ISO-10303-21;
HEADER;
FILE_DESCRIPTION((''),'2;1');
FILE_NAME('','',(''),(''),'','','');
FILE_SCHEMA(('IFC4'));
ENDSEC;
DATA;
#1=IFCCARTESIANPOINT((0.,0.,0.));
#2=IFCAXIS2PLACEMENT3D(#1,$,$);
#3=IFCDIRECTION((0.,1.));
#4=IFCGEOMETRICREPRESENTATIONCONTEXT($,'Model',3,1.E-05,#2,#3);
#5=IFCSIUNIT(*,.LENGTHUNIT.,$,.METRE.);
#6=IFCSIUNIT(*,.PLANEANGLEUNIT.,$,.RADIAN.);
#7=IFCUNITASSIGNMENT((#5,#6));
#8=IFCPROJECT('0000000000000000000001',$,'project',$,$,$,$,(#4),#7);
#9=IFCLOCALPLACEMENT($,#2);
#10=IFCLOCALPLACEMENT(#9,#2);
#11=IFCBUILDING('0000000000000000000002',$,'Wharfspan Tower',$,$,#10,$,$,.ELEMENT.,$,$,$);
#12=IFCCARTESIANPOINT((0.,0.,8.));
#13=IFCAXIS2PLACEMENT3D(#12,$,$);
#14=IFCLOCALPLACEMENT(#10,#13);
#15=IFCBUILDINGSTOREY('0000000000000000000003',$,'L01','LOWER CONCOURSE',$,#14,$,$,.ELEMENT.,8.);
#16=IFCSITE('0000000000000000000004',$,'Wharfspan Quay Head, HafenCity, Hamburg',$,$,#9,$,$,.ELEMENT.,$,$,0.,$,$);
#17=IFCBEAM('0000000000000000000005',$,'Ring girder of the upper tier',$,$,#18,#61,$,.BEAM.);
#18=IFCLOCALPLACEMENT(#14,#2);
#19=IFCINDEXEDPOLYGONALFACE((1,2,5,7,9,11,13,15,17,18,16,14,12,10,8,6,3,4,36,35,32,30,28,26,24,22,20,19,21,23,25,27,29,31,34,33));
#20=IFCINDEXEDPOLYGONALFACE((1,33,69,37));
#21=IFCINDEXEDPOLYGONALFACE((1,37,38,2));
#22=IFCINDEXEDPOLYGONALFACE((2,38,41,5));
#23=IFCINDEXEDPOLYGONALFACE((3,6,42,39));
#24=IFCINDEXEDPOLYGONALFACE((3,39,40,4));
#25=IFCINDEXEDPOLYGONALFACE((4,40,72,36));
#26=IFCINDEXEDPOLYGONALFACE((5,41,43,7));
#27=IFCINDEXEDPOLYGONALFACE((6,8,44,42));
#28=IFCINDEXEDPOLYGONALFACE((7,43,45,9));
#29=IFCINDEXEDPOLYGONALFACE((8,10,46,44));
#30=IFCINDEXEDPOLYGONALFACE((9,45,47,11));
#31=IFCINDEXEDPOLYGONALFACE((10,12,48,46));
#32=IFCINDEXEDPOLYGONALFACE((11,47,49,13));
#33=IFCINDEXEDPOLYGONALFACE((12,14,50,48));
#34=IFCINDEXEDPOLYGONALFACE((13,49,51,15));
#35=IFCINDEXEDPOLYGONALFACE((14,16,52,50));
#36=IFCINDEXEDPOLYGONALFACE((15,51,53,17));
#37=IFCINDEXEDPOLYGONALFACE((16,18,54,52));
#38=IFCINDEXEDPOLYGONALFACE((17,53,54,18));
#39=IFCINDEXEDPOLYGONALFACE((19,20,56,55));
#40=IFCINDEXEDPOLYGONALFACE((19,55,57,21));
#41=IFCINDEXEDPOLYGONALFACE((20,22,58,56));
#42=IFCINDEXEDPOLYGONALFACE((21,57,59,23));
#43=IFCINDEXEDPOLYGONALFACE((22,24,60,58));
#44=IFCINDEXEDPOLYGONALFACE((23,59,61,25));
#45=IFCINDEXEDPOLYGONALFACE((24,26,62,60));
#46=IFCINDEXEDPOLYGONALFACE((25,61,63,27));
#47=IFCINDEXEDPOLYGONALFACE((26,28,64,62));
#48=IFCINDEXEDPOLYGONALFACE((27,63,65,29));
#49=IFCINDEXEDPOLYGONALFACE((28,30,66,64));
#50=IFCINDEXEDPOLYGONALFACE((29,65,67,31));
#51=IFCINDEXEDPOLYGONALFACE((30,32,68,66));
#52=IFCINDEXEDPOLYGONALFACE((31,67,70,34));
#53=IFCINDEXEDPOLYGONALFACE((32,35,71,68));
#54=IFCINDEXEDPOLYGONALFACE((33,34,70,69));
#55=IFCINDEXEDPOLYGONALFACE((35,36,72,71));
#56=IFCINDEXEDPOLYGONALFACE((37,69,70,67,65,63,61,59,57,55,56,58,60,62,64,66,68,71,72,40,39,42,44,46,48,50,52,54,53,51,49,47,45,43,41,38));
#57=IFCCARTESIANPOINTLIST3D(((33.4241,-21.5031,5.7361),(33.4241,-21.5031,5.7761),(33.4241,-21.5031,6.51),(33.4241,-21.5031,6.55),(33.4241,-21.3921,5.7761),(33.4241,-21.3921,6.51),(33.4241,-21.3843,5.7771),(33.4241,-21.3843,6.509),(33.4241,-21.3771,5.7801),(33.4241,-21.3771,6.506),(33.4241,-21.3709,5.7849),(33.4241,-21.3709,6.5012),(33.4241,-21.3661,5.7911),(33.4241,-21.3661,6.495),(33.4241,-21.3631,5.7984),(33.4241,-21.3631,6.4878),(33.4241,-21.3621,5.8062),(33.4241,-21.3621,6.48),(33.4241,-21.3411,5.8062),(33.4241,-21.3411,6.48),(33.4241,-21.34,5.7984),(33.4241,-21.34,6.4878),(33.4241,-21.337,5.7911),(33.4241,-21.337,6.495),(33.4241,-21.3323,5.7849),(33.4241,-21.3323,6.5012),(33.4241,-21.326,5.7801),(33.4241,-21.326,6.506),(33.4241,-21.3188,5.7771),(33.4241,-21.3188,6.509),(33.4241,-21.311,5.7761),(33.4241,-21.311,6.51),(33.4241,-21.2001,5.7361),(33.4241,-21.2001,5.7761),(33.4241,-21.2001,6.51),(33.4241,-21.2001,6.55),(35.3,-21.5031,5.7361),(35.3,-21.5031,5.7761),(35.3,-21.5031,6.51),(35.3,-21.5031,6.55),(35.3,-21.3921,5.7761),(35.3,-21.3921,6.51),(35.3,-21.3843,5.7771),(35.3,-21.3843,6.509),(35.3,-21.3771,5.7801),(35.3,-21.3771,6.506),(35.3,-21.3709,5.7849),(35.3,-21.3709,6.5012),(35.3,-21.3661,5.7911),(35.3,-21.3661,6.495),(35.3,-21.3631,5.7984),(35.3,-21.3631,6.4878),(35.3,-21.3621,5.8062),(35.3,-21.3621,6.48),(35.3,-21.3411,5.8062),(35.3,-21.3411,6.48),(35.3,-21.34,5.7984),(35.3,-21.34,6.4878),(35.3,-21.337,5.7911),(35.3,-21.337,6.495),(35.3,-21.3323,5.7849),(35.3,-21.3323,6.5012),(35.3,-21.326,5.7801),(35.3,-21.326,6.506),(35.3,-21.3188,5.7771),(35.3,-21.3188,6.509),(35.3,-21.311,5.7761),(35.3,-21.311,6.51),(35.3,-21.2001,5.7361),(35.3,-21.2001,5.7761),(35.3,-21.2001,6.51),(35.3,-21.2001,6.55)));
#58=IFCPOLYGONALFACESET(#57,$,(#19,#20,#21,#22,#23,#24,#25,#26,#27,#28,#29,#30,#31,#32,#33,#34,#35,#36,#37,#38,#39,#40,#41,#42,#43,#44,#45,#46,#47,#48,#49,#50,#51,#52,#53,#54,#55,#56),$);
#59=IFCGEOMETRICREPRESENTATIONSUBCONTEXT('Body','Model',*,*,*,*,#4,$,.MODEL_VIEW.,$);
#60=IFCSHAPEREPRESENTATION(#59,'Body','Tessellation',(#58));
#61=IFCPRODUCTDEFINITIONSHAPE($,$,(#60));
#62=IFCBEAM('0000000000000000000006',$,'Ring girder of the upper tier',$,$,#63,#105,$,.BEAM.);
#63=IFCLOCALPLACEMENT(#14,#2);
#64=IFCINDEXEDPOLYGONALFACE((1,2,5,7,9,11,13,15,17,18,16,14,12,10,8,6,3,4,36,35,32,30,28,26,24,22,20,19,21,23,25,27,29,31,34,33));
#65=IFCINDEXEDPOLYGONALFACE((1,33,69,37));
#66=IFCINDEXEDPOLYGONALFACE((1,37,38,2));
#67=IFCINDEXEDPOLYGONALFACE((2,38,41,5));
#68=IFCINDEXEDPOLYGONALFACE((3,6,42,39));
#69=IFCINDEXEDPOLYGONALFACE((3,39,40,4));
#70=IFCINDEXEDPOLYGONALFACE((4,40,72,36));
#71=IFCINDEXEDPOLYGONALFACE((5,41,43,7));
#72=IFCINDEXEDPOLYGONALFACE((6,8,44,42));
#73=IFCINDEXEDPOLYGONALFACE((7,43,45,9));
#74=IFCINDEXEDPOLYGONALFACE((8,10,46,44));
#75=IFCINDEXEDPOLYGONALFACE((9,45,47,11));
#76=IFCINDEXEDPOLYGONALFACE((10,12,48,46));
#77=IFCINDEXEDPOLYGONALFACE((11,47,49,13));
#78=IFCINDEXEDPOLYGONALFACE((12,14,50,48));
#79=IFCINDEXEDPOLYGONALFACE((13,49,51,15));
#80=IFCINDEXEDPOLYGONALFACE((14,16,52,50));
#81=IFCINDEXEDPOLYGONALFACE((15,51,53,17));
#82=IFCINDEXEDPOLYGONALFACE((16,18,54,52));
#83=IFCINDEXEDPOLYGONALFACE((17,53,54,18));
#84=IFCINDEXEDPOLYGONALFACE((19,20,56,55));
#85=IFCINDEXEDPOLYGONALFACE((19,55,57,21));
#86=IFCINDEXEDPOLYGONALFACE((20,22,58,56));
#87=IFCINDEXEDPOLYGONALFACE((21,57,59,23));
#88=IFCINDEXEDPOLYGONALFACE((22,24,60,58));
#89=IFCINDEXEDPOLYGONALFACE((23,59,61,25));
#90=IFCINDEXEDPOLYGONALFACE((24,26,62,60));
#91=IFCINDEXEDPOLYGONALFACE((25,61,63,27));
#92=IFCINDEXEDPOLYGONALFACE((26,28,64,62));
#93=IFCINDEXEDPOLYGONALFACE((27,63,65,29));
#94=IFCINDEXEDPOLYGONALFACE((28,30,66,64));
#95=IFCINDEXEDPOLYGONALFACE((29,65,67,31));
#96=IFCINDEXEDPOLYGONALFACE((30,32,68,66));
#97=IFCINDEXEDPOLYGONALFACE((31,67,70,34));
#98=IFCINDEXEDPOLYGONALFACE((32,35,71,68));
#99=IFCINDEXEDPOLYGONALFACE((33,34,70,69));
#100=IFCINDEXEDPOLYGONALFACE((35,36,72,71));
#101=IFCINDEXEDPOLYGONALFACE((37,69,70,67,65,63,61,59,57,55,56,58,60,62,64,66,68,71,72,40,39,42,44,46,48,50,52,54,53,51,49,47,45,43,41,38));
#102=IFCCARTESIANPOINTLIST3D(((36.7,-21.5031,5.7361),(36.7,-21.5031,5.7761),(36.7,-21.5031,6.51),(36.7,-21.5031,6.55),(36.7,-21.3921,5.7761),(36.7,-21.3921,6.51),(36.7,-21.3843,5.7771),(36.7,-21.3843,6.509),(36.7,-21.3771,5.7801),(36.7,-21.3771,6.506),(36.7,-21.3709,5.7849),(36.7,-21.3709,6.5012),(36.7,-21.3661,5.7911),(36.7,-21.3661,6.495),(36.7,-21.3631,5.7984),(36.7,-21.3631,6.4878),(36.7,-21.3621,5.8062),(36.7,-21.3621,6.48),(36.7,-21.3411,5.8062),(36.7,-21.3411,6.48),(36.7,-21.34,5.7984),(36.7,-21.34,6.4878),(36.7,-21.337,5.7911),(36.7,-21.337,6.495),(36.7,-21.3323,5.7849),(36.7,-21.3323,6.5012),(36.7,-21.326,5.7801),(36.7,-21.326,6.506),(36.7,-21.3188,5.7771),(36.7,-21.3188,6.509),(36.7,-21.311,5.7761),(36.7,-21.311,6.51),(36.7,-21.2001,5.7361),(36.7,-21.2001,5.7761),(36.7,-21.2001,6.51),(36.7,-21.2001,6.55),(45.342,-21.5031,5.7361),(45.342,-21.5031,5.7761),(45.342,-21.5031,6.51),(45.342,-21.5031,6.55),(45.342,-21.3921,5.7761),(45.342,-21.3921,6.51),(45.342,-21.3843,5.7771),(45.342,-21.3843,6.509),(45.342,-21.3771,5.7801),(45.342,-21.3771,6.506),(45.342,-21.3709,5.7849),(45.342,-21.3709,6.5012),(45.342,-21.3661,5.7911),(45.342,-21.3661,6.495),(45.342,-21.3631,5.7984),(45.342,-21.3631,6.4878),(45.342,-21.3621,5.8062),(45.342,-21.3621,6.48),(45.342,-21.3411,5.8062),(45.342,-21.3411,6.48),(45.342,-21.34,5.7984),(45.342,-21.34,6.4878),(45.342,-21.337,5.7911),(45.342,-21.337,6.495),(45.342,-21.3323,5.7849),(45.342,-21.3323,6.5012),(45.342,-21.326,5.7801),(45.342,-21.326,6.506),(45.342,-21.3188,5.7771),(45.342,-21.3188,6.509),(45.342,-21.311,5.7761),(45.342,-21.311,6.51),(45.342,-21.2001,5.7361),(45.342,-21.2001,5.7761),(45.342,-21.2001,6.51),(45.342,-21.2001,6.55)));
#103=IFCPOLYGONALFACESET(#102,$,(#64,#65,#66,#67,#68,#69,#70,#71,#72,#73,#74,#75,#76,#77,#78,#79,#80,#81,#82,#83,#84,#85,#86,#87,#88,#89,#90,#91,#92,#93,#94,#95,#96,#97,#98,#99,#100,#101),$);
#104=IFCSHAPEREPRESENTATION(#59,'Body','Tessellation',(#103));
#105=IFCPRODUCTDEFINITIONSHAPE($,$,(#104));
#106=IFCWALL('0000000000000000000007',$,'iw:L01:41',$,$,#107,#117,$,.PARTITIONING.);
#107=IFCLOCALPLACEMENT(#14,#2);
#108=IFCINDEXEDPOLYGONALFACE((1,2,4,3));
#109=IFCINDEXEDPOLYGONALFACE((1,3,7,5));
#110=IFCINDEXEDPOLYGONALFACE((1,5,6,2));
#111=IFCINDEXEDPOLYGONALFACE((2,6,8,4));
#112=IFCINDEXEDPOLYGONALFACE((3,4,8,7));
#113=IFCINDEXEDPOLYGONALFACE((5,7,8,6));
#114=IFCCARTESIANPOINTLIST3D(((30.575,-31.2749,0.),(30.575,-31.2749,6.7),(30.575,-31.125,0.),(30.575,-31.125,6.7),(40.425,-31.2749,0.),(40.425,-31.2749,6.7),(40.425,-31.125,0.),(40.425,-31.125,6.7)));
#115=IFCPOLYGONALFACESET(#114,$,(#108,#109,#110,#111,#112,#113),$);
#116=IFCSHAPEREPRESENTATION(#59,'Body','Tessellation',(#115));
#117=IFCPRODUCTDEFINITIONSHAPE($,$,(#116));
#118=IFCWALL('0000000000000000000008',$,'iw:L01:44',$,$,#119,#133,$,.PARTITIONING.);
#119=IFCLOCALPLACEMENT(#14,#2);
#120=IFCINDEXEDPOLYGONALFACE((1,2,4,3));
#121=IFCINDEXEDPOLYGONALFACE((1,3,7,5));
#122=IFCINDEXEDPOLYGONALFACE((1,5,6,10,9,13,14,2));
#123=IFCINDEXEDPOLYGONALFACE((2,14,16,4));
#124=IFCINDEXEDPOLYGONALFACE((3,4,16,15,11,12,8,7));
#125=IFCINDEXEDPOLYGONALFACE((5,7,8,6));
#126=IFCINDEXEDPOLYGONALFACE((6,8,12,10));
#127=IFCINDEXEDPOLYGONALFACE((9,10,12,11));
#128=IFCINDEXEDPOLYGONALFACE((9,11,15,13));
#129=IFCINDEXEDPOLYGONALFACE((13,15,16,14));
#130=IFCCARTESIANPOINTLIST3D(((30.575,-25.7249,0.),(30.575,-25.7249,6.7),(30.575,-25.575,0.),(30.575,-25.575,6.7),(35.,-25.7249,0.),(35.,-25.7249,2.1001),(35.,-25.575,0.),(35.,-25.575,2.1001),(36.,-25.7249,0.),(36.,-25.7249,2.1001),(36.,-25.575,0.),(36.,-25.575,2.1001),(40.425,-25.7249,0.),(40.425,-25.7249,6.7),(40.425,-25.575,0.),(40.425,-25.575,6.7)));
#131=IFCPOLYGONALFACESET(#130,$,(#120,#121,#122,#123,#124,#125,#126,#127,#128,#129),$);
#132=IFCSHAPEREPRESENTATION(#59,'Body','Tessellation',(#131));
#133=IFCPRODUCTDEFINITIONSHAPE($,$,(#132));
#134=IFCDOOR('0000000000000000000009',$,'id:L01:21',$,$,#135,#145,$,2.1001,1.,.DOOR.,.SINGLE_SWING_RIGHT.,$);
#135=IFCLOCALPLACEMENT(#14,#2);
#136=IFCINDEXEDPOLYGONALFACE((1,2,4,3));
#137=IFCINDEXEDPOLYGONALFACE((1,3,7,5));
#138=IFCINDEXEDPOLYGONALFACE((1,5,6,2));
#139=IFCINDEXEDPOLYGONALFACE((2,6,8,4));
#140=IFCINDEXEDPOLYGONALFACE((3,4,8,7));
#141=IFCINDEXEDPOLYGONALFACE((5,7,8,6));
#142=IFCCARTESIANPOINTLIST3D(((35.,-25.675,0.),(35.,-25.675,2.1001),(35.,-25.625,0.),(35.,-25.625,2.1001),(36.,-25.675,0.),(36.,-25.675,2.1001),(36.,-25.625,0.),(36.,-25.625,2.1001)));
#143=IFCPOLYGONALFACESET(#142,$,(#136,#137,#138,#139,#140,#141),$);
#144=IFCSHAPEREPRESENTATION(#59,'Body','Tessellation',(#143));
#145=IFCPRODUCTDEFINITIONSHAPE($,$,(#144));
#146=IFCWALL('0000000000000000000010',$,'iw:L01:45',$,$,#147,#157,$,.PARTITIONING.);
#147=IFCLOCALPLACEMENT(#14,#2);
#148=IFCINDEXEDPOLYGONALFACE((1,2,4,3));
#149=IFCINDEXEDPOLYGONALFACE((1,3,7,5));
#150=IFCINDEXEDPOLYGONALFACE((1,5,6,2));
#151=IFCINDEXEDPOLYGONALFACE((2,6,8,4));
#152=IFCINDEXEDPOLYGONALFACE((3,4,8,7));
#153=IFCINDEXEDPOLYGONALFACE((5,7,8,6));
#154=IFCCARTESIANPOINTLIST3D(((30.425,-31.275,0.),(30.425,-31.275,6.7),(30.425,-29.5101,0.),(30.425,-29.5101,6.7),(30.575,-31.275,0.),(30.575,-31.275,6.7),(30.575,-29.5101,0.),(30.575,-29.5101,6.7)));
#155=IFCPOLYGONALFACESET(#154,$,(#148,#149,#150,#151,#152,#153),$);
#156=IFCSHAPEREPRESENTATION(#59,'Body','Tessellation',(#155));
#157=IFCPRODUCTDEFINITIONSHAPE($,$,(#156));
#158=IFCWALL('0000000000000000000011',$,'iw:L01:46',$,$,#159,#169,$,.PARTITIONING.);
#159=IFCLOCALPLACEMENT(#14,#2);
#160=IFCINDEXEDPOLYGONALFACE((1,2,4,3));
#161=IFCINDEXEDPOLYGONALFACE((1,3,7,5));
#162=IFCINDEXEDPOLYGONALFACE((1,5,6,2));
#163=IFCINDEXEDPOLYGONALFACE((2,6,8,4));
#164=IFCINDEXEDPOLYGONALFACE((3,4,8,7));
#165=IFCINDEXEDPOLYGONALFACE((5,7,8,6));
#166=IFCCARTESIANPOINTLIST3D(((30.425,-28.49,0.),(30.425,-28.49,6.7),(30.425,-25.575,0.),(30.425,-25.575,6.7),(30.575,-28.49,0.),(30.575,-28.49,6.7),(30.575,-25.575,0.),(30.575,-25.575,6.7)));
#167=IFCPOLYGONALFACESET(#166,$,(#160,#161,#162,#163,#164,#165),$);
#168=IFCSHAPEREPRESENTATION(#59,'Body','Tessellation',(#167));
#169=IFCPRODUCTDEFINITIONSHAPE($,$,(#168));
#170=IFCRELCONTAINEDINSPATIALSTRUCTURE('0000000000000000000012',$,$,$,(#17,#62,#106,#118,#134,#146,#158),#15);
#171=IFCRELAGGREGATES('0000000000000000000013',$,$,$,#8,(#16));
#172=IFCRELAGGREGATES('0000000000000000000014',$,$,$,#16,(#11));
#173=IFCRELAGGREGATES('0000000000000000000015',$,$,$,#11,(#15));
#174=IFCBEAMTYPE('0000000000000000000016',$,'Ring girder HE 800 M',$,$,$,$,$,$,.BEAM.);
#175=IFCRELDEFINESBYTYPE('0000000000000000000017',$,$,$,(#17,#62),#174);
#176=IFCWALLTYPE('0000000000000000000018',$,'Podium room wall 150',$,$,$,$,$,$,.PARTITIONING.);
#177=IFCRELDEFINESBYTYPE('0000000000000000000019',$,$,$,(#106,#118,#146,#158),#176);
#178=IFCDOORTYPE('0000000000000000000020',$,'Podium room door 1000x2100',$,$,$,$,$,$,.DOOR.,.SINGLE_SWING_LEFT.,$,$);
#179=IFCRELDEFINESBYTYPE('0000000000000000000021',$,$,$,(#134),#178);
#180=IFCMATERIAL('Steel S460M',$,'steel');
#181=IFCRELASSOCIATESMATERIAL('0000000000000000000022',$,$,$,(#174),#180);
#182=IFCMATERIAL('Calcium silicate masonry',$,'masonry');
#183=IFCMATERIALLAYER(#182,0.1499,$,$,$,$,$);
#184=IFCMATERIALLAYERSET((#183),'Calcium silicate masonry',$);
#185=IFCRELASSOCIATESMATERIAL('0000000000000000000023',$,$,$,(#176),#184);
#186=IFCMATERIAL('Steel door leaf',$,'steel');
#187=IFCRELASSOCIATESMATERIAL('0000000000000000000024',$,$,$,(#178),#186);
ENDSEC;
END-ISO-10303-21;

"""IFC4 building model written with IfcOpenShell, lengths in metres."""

from ifc_helpers import new_model, si_unit, direction, frame, frame_2d, origin, origin_2d, place, context, subcontext, project, spatial, rectangle, i_section, extrude, material, layer, layer_set, material_profile, profile_set, type_object, element, fill, save


model = new_model("IFC4")

# Units and contexts
model_context = context("Model", 3, precision=1e-05, world=origin(), true_north=direction((0.0, 1.0)))
body_context = subcontext(model_context, "Body", "Model", "MODEL_VIEW")
ifc_project = project(units=[si_unit("LENGTHUNIT", "METRE"), si_unit("PLANEANGLEUNIT", "RADIAN")], contexts=[model_context])

# Site, building, storey
site_placement = place(None, origin())
site = spatial("IfcSite", under=ifc_project, at=site_placement, Name="Wharfspan Quay Head, HafenCity, Hamburg", CompositionType="ELEMENT", RefElevation=0.0)
building_placement = place(site_placement, origin())
building = spatial("IfcBuilding", under=site, at=building_placement, Name="Wharfspan Tower", CompositionType="ELEMENT")
storey_placement = place(building_placement, frame((0.0, 0.0, 8.0)))
storey = spatial("IfcBuildingStorey", under=building, at=storey_placement, Name="L01", Description="LOWER CONCOURSE", CompositionType="ELEMENT", Elevation=8.0)

# Beams
ifc_material_1 = material(Name="Steel S460M", Category="steel")
ifc_material_profile_1 = material_profile(ifc_material_1, i_section(OverallWidth=0.303, OverallDepth=0.814, WebThickness=0.021, FlangeThickness=0.04, FilletRadius=0.03, at=origin_2d()))
ifc_profile_set_1 = profile_set([ifc_material_profile_1], Name="Steel S460M")
beam_type_1 = type_object("IfcBeamType", Name="Ring girder HE 800 M", PredefinedType="BEAM", material=ifc_profile_set_1)
beam_1_placement = place(storey_placement, frame((33.4241, -21.3516, 6.1431), z_axis=(1.0, 0.0, 0.0), x_axis=(0.0, 1.0, 0.0)))
element("IfcBeam", 1, at=beam_1_placement, inside=storey, type_object=beam_type_1, Name="Ring girder of the upper tier", PredefinedType="BEAM", context=body_context, shape_type="SweptSolid", body=[
    extrude(i_section(OverallWidth=0.303, OverallDepth=0.814, WebThickness=0.021, FlangeThickness=0.04, FilletRadius=0.03, at=origin_2d()), origin(), (0.0, 0.0, 1.0), 1.876),
])
beam_2_placement = place(storey_placement, frame((36.7, -21.3516, 6.1431), z_axis=(1.0, 0.0, 0.0), x_axis=(0.0, 1.0, 0.0)))
element("IfcBeam", 2, at=beam_2_placement, inside=storey, type_object=beam_type_1, Name="Ring girder of the upper tier", PredefinedType="BEAM", context=body_context, shape_type="SweptSolid", body=[
    extrude(i_section(OverallWidth=0.303, OverallDepth=0.814, WebThickness=0.021, FlangeThickness=0.04, FilletRadius=0.03, at=origin_2d()), origin(), (0.0, 0.0, 1.0), 8.6421),
])

# Wall
ifc_material_2 = material(Name="Calcium silicate masonry", Category="masonry")
ifc_layer = layer(ifc_material_2, 0.1499)
ifc_layer_set = layer_set([ifc_layer], Name="Calcium silicate masonry")
wall_type = type_object("IfcWallType", Name="Podium room wall 150", PredefinedType="PARTITIONING", material=ifc_layer_set)
wall_1_placement = place(storey_placement, frame((30.575, -31.2, 0.0), z_axis=(0.0, 0.0, 1.0), x_axis=(1.0, 0.0, 0.0)))
element("IfcWall", 3, at=wall_1_placement, inside=storey, type_object=wall_type, Name="iw:L01:41", PredefinedType="PARTITIONING", context=body_context, shape_type="SweptSolid", body=[
    extrude(rectangle(XDim=9.8501, YDim=0.1499, at=frame_2d((4.925, 0.0))), origin(), (0.0, 0.0, 1.0), 6.7),
])

# Wall, opening, door
wall_2_placement = place(storey_placement, frame((30.575, -25.6499, 0.0), z_axis=(0.0, 0.0, 1.0), x_axis=(1.0, 0.0, 0.0)))
wall_2 = element("IfcWall", 4, at=wall_2_placement, inside=storey, type_object=wall_type, Name="iw:L01:44", PredefinedType="PARTITIONING", context=body_context, shape_type="SweptSolid", body=[
    extrude(rectangle(XDim=9.8501, YDim=0.1499, at=frame_2d((4.925, 0.0))), origin(), (0.0, 0.0, 1.0), 6.7),
])
opening_placement = place(wall_2_placement, frame((4.425, 0.0, 0.0)))
opening = element("IfcOpeningElement", 5, at=opening_placement, cuts=wall_2, PredefinedType="OPENING", context=body_context, shape_type="SweptSolid", body=[
    extrude(rectangle(XDim=1.0, YDim=2.1001, at=frame_2d((0.5, 1.05))), frame((0.0, 0.085, 0.0), z_axis=(0.0, -1.0, 0.0), x_axis=(1.0, 0.0, 0.0)), (0.0, 0.0, 1.0), 0.1699),
])
ifc_material_3 = material(Name="Steel door leaf", Category="steel")
door_type = type_object("IfcDoorType", Name="Podium room door 1000x2100", OperationType="SINGLE_SWING_LEFT", PredefinedType="DOOR", material=ifc_material_3)
door_placement = place(opening_placement, origin())
door = element("IfcDoor", 6, at=door_placement, inside=storey, type_object=door_type, Name="id:L01:21", OperationType="SINGLE_SWING_RIGHT", OverallHeight=2.1001, OverallWidth=1.0, PredefinedType="DOOR", context=body_context, shape_type="SweptSolid", body=[
    extrude(rectangle(XDim=1.0, YDim=2.1001, at=frame_2d((0.5, 1.05))), frame((0.0, 0.0249, 0.0), z_axis=(0.0, -1.0, 0.0), x_axis=(1.0, 0.0, 0.0)), (0.0, 0.0, 1.0), 0.05),
])
fill(opening, door)

# Walls
wall_3_placement = place(storey_placement, frame((30.5, -31.2749, 0.0), z_axis=(0.0, 0.0, 1.0), x_axis=(0.0, 1.0, 0.0)))
element("IfcWall", 7, at=wall_3_placement, inside=storey, type_object=wall_type, Name="iw:L01:45", PredefinedType="PARTITIONING", context=body_context, shape_type="SweptSolid", body=[
    extrude(rectangle(XDim=1.7649, YDim=0.1499, at=frame_2d((0.8823, 0.0))), origin(), (0.0, 0.0, 1.0), 6.7),
])
wall_4_placement = place(storey_placement, frame((30.5, -28.49, 0.0), z_axis=(0.0, 0.0, 1.0), x_axis=(0.0, 1.0, 0.0)))
element("IfcWall", 8, at=wall_4_placement, inside=storey, type_object=wall_type, Name="iw:L01:46", PredefinedType="PARTITIONING", context=body_context, shape_type="SweptSolid", body=[
    extrude(rectangle(XDim=2.915, YDim=0.1499, at=frame_2d((1.4575, 0.0))), origin(), (0.0, 0.0, 1.0), 6.7),
])

save(model, "model.ifc")
